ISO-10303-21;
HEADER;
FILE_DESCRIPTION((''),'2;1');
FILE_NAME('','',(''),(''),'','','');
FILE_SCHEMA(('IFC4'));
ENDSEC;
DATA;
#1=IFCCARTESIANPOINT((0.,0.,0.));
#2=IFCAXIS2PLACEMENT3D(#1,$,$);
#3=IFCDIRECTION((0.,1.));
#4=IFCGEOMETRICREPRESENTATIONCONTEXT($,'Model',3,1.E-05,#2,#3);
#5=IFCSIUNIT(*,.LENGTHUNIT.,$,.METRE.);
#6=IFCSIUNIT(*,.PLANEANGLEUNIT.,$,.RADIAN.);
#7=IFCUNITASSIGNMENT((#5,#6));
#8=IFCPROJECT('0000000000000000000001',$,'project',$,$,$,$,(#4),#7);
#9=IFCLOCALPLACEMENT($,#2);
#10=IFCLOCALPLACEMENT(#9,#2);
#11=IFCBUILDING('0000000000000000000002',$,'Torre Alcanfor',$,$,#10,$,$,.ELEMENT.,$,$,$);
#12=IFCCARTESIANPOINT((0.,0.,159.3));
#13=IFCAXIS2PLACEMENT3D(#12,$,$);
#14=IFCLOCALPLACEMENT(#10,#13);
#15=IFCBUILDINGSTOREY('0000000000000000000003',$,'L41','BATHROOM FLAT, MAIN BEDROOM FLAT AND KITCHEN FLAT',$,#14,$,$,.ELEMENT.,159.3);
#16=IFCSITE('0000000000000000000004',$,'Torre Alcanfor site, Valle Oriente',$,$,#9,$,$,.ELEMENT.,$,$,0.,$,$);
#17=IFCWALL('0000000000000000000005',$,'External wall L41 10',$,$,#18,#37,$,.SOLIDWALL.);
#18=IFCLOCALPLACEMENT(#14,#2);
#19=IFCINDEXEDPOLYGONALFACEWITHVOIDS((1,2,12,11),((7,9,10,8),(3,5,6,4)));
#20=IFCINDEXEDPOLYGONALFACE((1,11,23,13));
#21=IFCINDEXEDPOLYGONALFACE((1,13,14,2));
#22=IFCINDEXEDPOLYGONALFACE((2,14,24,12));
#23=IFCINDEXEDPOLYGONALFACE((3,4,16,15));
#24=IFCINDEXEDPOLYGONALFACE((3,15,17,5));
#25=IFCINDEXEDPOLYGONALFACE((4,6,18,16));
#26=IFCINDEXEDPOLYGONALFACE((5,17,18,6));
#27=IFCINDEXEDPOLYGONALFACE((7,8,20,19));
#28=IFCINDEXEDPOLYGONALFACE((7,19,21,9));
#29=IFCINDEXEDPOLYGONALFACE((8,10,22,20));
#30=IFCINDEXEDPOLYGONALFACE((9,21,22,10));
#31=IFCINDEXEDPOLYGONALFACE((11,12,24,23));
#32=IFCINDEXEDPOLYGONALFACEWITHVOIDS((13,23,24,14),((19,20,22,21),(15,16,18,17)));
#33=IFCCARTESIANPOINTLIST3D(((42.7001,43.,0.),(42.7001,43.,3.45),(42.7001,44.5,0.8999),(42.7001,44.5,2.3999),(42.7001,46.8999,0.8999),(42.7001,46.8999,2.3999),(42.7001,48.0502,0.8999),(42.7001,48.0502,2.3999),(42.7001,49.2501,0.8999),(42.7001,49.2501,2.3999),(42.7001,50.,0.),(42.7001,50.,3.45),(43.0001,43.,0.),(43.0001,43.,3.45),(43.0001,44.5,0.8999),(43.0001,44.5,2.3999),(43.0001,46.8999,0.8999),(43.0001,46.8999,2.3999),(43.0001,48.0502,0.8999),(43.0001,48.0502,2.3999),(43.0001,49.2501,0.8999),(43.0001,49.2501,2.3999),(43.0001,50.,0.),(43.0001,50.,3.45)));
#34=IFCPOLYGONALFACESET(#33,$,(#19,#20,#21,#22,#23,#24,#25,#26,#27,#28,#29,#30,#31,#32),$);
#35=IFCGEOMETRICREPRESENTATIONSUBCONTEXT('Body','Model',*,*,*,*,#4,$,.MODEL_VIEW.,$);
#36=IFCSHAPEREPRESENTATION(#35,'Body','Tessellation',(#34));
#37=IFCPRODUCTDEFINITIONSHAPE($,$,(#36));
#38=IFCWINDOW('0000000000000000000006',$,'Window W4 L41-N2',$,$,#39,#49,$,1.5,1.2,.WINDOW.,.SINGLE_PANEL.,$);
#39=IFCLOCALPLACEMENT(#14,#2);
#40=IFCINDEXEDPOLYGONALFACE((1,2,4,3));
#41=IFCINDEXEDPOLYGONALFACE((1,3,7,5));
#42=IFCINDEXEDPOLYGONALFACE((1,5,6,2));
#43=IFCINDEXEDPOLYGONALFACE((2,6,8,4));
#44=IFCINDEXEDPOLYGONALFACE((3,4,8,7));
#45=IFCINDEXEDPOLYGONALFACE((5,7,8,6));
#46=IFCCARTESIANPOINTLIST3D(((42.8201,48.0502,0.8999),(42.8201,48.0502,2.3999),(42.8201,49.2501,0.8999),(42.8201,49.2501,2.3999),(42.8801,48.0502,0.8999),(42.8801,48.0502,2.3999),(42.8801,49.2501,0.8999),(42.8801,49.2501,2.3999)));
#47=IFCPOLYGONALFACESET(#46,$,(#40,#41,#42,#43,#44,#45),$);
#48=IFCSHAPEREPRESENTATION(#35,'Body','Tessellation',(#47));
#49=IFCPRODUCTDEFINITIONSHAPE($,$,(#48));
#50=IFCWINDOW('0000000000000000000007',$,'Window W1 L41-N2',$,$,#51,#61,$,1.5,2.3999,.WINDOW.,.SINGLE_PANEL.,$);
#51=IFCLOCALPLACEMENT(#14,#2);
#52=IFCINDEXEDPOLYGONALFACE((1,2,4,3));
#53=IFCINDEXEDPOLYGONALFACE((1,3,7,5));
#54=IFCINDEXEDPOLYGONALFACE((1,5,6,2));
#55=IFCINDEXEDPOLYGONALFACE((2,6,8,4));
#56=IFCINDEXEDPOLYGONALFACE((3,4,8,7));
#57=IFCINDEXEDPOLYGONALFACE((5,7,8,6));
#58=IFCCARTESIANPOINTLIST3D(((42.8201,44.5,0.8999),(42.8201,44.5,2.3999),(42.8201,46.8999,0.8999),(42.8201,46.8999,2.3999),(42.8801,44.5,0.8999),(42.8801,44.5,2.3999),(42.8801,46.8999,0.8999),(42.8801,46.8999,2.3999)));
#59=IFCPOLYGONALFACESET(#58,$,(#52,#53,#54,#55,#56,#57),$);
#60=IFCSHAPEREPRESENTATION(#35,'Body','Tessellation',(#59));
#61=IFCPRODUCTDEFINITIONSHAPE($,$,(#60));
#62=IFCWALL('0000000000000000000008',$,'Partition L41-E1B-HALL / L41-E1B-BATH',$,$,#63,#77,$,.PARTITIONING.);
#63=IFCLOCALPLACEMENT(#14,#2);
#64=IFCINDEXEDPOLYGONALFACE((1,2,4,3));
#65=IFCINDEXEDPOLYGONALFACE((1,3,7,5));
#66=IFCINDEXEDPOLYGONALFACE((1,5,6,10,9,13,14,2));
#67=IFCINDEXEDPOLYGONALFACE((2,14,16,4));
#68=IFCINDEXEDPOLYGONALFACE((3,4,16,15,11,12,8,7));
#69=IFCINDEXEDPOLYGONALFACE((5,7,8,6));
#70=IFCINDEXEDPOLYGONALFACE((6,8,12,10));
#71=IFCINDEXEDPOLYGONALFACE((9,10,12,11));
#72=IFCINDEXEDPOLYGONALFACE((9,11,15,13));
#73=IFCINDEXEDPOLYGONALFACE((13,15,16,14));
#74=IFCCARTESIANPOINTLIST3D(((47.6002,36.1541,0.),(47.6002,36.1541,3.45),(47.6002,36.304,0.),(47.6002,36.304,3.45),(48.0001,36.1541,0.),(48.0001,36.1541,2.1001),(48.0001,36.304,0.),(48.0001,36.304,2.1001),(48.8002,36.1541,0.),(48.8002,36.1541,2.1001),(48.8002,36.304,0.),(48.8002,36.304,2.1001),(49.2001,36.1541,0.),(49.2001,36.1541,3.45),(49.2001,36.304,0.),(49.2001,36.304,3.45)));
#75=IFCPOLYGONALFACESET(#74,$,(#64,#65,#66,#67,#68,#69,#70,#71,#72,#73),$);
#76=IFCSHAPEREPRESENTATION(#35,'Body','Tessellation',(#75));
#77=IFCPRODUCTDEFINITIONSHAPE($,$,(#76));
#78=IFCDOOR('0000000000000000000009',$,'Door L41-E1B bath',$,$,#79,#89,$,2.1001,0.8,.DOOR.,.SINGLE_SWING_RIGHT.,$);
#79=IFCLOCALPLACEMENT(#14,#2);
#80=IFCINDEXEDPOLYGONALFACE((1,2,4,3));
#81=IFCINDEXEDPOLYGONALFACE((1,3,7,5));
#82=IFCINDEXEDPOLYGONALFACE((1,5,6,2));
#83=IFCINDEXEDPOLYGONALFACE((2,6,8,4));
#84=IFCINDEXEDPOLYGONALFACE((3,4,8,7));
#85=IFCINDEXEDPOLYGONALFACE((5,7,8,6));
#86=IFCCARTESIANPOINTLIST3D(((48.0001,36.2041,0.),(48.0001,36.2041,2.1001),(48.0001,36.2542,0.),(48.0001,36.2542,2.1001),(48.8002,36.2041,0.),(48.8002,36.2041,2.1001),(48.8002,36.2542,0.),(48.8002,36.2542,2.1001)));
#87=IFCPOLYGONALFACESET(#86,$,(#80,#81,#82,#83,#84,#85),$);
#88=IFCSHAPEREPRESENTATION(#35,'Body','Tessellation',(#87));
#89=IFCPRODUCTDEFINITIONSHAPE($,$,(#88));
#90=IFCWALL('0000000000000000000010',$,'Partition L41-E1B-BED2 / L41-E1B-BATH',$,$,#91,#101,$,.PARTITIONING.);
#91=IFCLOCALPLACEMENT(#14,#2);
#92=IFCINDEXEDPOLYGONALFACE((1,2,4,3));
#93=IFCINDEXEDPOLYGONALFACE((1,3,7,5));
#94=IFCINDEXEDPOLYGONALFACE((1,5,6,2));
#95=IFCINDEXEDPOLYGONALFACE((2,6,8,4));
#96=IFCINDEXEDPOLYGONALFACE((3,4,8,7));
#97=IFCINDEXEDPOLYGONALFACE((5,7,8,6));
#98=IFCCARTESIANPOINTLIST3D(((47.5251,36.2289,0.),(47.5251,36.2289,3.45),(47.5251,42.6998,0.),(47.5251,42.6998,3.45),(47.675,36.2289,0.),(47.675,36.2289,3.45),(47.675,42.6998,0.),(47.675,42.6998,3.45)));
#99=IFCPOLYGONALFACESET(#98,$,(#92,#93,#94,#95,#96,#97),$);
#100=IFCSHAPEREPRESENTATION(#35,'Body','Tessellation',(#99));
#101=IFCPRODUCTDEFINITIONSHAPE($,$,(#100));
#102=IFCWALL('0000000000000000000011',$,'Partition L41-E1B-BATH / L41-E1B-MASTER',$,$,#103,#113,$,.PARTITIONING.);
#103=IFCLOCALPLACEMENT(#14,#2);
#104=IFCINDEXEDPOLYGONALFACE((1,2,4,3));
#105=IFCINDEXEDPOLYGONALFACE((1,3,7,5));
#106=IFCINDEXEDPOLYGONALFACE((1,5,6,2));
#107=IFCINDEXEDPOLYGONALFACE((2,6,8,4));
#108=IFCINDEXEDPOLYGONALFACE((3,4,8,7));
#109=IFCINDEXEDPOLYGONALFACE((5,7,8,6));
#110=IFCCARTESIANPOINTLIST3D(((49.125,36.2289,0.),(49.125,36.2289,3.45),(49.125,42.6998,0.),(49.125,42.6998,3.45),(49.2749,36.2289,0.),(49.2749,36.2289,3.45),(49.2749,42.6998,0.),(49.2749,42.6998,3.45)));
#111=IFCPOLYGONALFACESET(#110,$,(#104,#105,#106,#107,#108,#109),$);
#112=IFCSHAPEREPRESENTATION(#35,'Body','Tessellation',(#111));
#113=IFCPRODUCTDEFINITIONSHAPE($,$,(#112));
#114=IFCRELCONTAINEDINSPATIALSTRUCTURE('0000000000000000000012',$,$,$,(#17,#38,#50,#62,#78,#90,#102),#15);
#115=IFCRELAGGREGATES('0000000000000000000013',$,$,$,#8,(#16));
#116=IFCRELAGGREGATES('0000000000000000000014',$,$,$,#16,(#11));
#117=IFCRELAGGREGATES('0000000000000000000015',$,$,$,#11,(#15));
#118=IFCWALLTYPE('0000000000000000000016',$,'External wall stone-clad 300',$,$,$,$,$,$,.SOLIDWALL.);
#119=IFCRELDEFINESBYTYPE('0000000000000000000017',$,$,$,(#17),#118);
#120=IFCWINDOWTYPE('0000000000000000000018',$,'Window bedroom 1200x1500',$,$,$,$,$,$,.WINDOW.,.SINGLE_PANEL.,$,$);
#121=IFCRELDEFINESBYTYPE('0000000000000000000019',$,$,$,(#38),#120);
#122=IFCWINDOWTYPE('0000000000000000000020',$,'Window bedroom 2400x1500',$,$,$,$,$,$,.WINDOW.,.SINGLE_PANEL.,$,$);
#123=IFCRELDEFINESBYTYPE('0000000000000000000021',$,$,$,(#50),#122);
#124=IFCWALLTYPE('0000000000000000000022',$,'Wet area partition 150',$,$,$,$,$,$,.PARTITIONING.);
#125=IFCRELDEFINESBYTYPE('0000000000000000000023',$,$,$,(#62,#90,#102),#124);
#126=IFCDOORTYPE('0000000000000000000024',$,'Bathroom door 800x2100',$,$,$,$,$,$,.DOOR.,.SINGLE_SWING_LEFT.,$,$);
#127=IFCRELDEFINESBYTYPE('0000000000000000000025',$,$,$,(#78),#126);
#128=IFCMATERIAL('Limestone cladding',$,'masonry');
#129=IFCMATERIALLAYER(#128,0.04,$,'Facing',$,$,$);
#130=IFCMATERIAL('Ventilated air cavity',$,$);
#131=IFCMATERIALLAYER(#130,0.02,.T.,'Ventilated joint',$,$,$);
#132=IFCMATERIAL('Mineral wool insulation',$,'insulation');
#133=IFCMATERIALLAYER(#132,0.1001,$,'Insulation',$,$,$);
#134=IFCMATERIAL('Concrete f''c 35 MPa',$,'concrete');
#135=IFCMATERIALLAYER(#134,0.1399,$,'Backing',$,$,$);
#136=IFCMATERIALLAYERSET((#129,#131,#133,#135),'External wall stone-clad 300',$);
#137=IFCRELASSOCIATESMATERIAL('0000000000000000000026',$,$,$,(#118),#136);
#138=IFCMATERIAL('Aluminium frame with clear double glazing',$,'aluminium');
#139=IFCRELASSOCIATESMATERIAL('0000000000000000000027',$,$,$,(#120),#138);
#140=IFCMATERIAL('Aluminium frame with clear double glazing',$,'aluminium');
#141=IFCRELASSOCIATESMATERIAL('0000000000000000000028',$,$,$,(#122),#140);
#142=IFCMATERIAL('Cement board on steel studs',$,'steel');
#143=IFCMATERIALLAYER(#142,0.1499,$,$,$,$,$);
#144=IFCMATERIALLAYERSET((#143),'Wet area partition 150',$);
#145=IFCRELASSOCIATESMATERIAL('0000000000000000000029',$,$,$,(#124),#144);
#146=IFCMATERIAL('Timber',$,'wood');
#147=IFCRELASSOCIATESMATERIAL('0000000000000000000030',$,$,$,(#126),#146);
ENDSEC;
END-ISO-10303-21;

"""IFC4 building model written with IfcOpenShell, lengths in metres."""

from ifc_helpers import new_model, si_unit, direction, frame, frame_2d, origin, place, context, subcontext, project, spatial, rectangle, extrude, material, layer, layer_set, type_object, element, fill, save


model = new_model("IFC4")

# Units and contexts
model_context = context("Model", 3, precision=1e-05, world=origin(), true_north=direction((0.0, 1.0)))
body_context = subcontext(model_context, "Body", "Model", "MODEL_VIEW")
ifc_project = project(units=[si_unit("LENGTHUNIT", "METRE"), si_unit("PLANEANGLEUNIT", "RADIAN")], contexts=[model_context])

# Site, building, storey
site_placement = place(None, origin())
site = spatial("IfcSite", under=ifc_project, at=site_placement, Name="Torre Alcanfor site, Valle Oriente", CompositionType="ELEMENT", RefElevation=0.0)
building_placement = place(site_placement, origin())
building = spatial("IfcBuilding", under=site, at=building_placement, Name="Torre Alcanfor", CompositionType="ELEMENT")
storey_placement = place(building_placement, frame((0.0, 0.0, 159.3)))
storey = spatial("IfcBuildingStorey", under=building, at=storey_placement, Name="L41", Description="BATHROOM FLAT, MAIN BEDROOM FLAT AND KITCHEN FLAT", CompositionType="ELEMENT", Elevation=159.3)

# Wall, openings, windows
ifc_material_1 = material(Name="Limestone cladding", Category="masonry")
ifc_layer_1 = layer(ifc_material_1, 0.04, Name="Facing")
ifc_material_2 = material(Name="Ventilated air cavity")
ifc_layer_2 = layer(ifc_material_2, 0.02, ventilated=True, Name="Ventilated joint")
ifc_material_3 = material(Name="Mineral wool insulation", Category="insulation")
ifc_layer_3 = layer(ifc_material_3, 0.1001, Name="Insulation")
ifc_material_4 = material(Name="Concrete f'c 35 MPa", Category="concrete")
ifc_layer_4 = layer(ifc_material_4, 0.1399, Name="Backing")
ifc_layer_set_1 = layer_set([ifc_layer_1, ifc_layer_2, ifc_layer_3, ifc_layer_4], Name="External wall stone-clad 300")
wall_type_1 = type_object("IfcWallType", Name="External wall stone-clad 300", PredefinedType="SOLIDWALL", material=ifc_layer_set_1)
wall_1_placement = place(storey_placement, frame((42.8501, 43.0, 0.0), z_axis=(0.0, 0.0, 1.0), x_axis=(0.0, 1.0, 0.0)))
wall_1 = element("IfcWall", 1, at=wall_1_placement, inside=storey, type_object=wall_type_1, Name="External wall L41 10", PredefinedType="SOLIDWALL", context=body_context, shape_type="SweptSolid", body=[
    extrude(rectangle(XDim=7.0, YDim=0.3, at=frame_2d((3.5, 0.0))), origin(), (0.0, 0.0, 1.0), 3.45),
])
opening_1_placement = place(wall_1_placement, frame((1.5, 0.0, 0.8999)))
opening_1 = element("IfcOpeningElement", 2, at=opening_1_placement, cuts=wall_1, PredefinedType="OPENING", context=body_context, shape_type="SweptSolid", body=[
    extrude(rectangle(XDim=2.3999, YDim=1.5, at=frame_2d((1.2, 0.75))), frame((0.0, 0.1599, 0.0), z_axis=(0.0, -1.0, 0.0), x_axis=(1.0, 0.0, 0.0)), (0.0, 0.0, 1.0), 0.3201),
])
opening_2_placement = place(wall_1_placement, frame((5.05, 0.0, 0.8999)))
opening_2 = element("IfcOpeningElement", 3, at=opening_2_placement, cuts=wall_1, PredefinedType="OPENING", context=body_context, shape_type="SweptSolid", body=[
    extrude(rectangle(XDim=1.2, YDim=1.5, at=frame_2d((0.6001, 0.75))), frame((0.0, 0.1599, 0.0), z_axis=(0.0, -1.0, 0.0), x_axis=(1.0, 0.0, 0.0)), (0.0, 0.0, 1.0), 0.3201),
])
ifc_material_5 = material(Name="Aluminium frame with clear double glazing", Category="aluminium")
window_type_1 = type_object("IfcWindowType", Name="Window bedroom 1200x1500", PartitioningType="SINGLE_PANEL", PredefinedType="WINDOW", material=ifc_material_5)
window_1_placement = place(opening_2_placement, origin())
window_1 = element("IfcWindow", 4, at=window_1_placement, inside=storey, type_object=window_type_1, Name="Window W4 L41-N2", OverallHeight=1.5, OverallWidth=1.2, PartitioningType="SINGLE_PANEL", PredefinedType="WINDOW", context=body_context, shape_type="SweptSolid", body=[
    extrude(rectangle(XDim=1.2, YDim=1.5, at=frame_2d((0.6001, 0.75))), frame((0.0, 0.03, 0.0), z_axis=(0.0, -1.0, 0.0), x_axis=(1.0, 0.0, 0.0)), (0.0, 0.0, 1.0), 0.0601),
])
fill(opening_2, window_1)
ifc_material_6 = material(Name="Aluminium frame with clear double glazing", Category="aluminium")
window_type_2 = type_object("IfcWindowType", Name="Window bedroom 2400x1500", PartitioningType="SINGLE_PANEL", PredefinedType="WINDOW", material=ifc_material_6)
window_2_placement = place(opening_1_placement, origin())
window_2 = element("IfcWindow", 5, at=window_2_placement, inside=storey, type_object=window_type_2, Name="Window W1 L41-N2", OverallHeight=1.5, OverallWidth=2.3999, PartitioningType="SINGLE_PANEL", PredefinedType="WINDOW", context=body_context, shape_type="SweptSolid", body=[
    extrude(rectangle(XDim=2.3999, YDim=1.5, at=frame_2d((1.2, 0.75))), frame((0.0, 0.03, 0.0), z_axis=(0.0, -1.0, 0.0), x_axis=(1.0, 0.0, 0.0)), (0.0, 0.0, 1.0), 0.0601),
])
fill(opening_1, window_2)

# Wall, opening, door
ifc_material_7 = material(Name="Cement board on steel studs", Category="steel")
ifc_layer_5 = layer(ifc_material_7, 0.1499)
ifc_layer_set_2 = layer_set([ifc_layer_5], Name="Wet area partition 150")
wall_type_2 = type_object("IfcWallType", Name="Wet area partition 150", PredefinedType="PARTITIONING", material=ifc_layer_set_2)
wall_2_placement = place(storey_placement, frame((49.2, 36.229, 0.0), z_axis=(0.0, 0.0, 1.0), x_axis=(-1.0, 0.0, 0.0)))
wall_2 = element("IfcWall", 6, at=wall_2_placement, inside=storey, type_object=wall_type_2, Name="Partition L41-E1B-HALL / L41-E1B-BATH", PredefinedType="PARTITIONING", context=body_context, shape_type="SweptSolid", body=[
    extrude(rectangle(XDim=1.5999, YDim=0.1499, at=frame_2d((0.7998, 0.0))), origin(), (0.0, 0.0, 1.0), 3.45),
])
opening_3_placement = place(wall_2_placement, frame((0.3999, 0.0, 0.0)))
opening_3 = element("IfcOpeningElement", 7, at=opening_3_placement, cuts=wall_2, PredefinedType="OPENING", context=body_context, shape_type="SweptSolid", body=[
    extrude(rectangle(XDim=0.8, YDim=2.1001, at=frame_2d((0.3999, 1.05))), frame((0.0, 0.085, 0.0), z_axis=(0.0, -1.0, 0.0), x_axis=(1.0, 0.0, 0.0)), (0.0, 0.0, 1.0), 0.1699),
])
ifc_material_8 = material(Name="Timber", Category="wood")
door_type_1 = type_object("IfcDoorType", Name="Bathroom door 800x2100", OperationType="SINGLE_SWING_LEFT", PredefinedType="DOOR", material=ifc_material_8)
door_1_placement = place(opening_3_placement, frame((0.8, 0.0, 0.0), z_axis=(0.0, 0.0, 1.0), x_axis=(-1.0, 0.0, 0.0)))
door_1 = element("IfcDoor", 8, at=door_1_placement, inside=storey, type_object=door_type_1, Name="Door L41-E1B bath", OperationType="SINGLE_SWING_RIGHT", OverallHeight=2.1001, OverallWidth=0.8, PredefinedType="DOOR", context=body_context, shape_type="SweptSolid", body=[
    extrude(rectangle(XDim=0.8, YDim=2.1001, at=frame_2d((0.4001, 1.05))), frame((0.0, 0.0251, 0.0), z_axis=(0.0, -1.0, 0.0), x_axis=(1.0, 0.0, 0.0)), (0.0, 0.0, 1.0), 0.05),
])
fill(opening_3, door_1)

# Walls
for number, where, z_axis, x_axis, name in (
    (9, (47.6001, 36.229, 0.0), (0.0, 0.0, 1.0), (0.0, 1.0, 0.0), "Partition L41-E1B-BED2 / L41-E1B-BATH"),
    (10, (49.2, 36.229, 0.0), (0.0, 0.0, 1.0), (0.0, 1.0, 0.0), "Partition L41-E1B-BATH / L41-E1B-MASTER"),
):
    element("IfcWall", number, at=place(storey_placement, frame(where, z_axis=z_axis, x_axis=x_axis)), inside=storey, type_object=wall_type_2, Name=name, PredefinedType="PARTITIONING", context=body_context, shape_type="SweptSolid", body=[
        extrude(rectangle(XDim=6.4709, YDim=0.1499, at=frame_2d((3.2354, 0.0))), origin(), (0.0, 0.0, 1.0), 3.45),
    ])

save(model, "model.ifc")
